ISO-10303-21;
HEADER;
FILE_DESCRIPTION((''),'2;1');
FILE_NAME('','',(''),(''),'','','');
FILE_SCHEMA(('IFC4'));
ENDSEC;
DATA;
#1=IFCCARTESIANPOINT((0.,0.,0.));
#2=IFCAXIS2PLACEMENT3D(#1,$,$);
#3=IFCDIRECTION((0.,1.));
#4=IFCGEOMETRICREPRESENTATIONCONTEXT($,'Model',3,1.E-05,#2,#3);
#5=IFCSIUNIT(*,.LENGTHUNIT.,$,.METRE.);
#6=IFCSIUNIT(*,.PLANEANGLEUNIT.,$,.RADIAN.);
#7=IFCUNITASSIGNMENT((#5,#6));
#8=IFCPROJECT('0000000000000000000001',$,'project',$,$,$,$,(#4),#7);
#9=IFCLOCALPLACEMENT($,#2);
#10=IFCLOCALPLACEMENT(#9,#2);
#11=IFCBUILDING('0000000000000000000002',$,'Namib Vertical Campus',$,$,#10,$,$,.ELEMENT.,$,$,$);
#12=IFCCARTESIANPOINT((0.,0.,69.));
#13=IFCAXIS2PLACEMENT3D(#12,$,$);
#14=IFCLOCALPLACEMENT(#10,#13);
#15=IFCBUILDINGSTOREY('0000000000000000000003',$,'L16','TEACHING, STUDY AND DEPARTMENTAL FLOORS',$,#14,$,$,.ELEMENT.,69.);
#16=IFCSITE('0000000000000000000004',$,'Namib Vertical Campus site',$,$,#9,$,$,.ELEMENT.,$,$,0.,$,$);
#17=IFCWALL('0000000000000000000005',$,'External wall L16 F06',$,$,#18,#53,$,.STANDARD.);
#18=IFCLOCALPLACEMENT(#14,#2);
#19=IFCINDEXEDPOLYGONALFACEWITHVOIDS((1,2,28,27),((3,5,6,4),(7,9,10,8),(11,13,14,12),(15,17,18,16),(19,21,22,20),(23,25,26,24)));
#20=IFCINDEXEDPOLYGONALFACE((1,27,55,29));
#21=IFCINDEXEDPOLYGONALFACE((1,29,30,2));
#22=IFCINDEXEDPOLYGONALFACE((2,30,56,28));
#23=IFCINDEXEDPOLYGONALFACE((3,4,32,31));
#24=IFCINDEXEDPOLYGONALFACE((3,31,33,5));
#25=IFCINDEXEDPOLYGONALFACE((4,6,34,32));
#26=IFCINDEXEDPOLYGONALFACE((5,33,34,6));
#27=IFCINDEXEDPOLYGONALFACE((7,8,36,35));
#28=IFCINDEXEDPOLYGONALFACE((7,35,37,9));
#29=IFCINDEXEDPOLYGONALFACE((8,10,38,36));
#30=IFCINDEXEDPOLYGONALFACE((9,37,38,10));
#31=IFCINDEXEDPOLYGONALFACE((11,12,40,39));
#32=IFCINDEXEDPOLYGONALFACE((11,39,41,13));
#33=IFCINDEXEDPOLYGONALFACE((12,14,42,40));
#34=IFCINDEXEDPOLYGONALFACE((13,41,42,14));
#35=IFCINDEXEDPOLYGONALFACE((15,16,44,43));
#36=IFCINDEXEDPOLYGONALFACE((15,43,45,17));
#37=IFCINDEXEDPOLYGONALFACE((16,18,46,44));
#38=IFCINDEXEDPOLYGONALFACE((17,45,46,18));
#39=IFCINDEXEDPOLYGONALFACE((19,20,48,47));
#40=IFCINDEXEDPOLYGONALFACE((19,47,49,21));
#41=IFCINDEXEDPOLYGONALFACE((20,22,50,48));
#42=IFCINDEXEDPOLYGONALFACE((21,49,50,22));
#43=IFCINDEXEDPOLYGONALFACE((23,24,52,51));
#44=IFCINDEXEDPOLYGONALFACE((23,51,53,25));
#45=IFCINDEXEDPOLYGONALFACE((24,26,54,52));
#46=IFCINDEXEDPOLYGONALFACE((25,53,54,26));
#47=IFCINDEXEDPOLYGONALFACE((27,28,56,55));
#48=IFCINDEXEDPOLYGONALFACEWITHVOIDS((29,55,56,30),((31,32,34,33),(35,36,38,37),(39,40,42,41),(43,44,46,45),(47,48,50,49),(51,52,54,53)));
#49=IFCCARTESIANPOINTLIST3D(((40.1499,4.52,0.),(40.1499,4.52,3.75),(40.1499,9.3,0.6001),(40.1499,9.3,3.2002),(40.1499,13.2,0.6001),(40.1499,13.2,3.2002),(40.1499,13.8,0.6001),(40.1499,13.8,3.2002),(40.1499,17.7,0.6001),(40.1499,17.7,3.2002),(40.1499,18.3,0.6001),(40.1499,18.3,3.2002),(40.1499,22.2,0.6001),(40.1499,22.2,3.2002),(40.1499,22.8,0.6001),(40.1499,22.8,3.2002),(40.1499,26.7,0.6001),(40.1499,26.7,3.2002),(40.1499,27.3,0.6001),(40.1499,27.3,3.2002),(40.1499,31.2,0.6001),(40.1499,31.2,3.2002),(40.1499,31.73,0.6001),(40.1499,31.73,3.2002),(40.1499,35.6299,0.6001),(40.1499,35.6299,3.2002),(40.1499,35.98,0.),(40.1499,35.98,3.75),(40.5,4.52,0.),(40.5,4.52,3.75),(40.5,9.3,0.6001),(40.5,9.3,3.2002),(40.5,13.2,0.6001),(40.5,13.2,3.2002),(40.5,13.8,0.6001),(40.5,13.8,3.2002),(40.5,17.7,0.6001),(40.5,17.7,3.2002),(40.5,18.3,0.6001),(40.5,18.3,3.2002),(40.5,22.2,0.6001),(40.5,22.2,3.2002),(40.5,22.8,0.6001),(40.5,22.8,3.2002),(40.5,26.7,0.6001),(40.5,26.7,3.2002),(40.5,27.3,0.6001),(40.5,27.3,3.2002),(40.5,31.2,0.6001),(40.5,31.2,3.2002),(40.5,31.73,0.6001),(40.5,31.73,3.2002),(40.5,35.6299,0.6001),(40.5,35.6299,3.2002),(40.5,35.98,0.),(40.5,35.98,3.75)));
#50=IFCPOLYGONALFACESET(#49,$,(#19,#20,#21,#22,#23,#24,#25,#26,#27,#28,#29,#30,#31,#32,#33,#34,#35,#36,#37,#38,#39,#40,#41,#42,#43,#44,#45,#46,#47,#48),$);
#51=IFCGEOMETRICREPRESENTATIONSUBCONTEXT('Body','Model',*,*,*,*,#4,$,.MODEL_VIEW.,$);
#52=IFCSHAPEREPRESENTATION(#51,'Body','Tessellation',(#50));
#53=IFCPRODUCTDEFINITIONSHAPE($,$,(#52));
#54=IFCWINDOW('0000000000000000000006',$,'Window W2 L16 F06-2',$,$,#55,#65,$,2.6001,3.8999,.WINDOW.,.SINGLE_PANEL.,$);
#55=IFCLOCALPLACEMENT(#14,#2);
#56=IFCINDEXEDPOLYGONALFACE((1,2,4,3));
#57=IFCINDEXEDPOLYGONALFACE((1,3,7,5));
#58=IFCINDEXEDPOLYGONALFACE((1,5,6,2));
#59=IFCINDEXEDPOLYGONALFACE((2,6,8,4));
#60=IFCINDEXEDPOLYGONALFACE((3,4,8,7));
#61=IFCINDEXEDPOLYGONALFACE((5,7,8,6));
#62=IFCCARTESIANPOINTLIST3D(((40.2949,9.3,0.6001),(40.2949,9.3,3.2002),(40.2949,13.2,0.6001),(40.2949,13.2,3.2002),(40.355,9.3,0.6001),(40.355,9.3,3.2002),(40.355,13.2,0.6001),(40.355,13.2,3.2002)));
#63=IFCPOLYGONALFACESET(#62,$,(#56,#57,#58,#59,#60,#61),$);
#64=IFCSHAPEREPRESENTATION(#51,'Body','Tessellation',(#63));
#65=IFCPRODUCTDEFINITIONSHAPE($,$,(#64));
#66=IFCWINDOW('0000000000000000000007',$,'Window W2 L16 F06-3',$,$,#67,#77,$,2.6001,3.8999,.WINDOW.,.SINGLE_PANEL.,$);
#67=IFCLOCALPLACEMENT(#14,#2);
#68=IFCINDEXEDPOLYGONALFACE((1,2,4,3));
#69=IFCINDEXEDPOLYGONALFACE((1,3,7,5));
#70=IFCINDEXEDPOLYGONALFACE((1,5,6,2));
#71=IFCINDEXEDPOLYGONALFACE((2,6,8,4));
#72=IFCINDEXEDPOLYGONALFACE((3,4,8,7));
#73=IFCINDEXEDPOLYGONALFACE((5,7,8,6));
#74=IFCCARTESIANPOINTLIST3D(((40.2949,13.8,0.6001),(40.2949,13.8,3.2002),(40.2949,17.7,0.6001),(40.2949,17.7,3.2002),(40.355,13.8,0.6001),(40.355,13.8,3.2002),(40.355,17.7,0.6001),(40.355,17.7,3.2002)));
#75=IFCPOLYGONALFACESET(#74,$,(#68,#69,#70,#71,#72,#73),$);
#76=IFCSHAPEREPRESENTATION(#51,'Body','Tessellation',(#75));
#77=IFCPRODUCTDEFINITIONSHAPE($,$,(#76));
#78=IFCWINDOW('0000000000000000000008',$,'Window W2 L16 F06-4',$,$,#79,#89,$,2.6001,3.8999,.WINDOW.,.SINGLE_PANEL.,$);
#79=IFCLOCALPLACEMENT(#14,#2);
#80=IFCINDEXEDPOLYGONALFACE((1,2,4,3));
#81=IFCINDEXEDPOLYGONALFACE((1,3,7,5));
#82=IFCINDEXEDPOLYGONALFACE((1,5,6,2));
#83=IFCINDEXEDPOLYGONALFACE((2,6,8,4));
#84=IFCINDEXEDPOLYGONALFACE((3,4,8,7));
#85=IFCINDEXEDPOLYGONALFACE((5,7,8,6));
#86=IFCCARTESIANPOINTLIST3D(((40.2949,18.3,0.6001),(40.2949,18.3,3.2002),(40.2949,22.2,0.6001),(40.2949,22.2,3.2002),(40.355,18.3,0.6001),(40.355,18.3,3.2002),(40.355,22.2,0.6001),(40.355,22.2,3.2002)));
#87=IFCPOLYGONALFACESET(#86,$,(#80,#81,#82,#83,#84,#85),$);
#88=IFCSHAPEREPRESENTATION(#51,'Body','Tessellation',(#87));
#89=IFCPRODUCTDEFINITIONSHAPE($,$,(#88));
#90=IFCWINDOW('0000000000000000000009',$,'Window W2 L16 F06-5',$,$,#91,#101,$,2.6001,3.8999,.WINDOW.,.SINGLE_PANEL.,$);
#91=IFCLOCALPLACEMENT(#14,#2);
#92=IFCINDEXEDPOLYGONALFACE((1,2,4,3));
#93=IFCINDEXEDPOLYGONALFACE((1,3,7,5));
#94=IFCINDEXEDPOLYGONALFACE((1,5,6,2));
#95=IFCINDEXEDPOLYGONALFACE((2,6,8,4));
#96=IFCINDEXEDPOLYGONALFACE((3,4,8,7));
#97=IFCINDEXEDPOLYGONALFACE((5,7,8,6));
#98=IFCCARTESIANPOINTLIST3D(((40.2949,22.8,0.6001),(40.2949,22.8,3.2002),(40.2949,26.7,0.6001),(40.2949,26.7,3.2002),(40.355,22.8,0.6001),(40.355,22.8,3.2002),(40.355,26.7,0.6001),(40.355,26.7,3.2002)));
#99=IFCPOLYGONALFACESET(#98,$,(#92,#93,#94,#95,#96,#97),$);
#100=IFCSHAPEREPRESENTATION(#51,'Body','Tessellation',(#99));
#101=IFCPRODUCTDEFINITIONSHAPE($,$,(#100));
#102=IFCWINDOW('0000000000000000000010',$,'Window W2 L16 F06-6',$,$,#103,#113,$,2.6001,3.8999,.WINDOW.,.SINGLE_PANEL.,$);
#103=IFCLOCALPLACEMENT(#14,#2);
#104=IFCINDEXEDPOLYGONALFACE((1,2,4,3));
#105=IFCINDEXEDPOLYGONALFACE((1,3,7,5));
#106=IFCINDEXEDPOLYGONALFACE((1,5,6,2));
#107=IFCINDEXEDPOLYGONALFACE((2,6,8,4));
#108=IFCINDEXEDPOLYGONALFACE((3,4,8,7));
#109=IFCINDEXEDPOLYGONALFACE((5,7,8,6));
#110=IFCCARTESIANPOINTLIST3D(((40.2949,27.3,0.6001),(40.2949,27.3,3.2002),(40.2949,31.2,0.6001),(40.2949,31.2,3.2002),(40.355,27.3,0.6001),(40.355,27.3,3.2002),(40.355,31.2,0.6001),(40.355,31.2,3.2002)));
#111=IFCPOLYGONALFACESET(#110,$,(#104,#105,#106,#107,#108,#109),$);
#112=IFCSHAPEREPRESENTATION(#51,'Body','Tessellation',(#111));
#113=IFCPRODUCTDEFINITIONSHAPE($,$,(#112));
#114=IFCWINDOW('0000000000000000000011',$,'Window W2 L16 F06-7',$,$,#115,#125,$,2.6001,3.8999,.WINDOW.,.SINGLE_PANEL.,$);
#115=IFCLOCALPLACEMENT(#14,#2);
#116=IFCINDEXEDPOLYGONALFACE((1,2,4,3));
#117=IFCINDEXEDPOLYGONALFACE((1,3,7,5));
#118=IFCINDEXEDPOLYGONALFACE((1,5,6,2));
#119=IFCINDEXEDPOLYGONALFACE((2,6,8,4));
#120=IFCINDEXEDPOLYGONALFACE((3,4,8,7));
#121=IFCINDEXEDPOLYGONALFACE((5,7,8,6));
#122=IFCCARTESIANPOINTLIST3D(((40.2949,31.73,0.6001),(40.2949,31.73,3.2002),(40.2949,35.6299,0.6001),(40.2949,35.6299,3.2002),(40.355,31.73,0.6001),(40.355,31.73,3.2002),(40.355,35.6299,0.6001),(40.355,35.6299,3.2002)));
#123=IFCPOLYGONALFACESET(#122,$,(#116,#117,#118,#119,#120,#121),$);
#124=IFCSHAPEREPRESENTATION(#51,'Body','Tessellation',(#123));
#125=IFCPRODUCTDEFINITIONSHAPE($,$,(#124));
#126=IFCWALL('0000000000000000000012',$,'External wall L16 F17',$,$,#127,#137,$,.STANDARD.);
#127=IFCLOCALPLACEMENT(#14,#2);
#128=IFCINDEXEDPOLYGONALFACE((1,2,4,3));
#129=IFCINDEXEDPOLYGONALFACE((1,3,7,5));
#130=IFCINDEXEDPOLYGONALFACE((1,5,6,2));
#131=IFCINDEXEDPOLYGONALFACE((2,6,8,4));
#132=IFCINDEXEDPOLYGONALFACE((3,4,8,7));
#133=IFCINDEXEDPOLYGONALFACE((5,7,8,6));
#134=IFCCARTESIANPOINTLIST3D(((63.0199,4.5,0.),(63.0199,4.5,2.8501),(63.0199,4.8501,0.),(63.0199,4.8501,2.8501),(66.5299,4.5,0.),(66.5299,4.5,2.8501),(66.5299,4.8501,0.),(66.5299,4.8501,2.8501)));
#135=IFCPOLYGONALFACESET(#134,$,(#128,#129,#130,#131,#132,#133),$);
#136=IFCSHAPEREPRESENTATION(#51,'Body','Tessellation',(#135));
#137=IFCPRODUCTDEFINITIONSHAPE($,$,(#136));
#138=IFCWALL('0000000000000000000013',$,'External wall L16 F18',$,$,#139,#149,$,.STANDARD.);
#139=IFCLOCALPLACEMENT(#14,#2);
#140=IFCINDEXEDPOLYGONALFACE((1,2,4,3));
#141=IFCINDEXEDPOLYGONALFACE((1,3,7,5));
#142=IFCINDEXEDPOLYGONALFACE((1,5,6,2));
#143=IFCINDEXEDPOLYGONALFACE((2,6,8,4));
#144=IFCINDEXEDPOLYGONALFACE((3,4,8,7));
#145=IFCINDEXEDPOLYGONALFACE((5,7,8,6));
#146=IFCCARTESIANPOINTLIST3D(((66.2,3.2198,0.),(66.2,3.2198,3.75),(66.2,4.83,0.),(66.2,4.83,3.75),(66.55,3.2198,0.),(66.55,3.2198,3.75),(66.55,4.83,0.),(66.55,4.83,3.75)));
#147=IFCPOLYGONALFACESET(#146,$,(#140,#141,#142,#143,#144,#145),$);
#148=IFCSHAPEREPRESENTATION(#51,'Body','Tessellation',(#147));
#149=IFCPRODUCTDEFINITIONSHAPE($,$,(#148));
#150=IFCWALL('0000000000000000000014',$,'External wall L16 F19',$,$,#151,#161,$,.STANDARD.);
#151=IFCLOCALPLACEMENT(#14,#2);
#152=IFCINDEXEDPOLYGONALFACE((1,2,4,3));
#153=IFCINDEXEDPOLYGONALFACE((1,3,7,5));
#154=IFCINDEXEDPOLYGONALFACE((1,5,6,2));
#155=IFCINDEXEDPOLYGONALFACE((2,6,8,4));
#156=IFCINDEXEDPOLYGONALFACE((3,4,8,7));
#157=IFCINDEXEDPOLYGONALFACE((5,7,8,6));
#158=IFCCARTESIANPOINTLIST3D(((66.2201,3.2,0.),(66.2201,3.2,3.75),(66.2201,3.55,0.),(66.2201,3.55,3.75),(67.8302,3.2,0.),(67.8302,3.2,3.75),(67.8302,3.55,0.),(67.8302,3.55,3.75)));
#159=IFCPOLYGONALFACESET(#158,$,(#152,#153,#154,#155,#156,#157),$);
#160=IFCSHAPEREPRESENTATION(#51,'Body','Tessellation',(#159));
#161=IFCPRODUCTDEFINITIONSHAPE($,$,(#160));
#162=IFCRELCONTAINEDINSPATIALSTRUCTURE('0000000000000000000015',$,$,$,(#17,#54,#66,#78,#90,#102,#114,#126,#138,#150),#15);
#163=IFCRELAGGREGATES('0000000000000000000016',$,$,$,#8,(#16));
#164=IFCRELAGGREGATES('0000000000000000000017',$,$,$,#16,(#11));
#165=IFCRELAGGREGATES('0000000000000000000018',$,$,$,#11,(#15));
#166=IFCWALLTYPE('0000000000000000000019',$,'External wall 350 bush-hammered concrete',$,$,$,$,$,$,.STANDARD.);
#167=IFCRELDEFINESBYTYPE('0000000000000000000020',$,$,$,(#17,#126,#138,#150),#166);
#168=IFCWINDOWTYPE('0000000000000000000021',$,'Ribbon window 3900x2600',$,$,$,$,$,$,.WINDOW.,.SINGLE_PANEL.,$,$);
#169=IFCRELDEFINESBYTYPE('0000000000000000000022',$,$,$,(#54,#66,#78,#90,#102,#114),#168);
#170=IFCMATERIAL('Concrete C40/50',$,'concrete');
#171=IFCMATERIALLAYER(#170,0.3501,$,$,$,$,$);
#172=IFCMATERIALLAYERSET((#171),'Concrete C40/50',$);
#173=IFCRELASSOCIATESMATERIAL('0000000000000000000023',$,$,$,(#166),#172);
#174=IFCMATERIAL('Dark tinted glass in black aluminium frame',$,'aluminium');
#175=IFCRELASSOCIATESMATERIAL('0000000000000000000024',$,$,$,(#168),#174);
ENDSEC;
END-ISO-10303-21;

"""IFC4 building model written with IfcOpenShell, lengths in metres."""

from ifc_helpers import new_model, si_unit, direction, frame, frame_2d, origin, place, context, subcontext, project, spatial, rectangle, extrude, material, layer, layer_set, type_object, element, fill, save


model = new_model("IFC4")

# Units and contexts
model_context = context("Model", 3, precision=1e-05, world=origin(), true_north=direction((0.0, 1.0)))
body_context = subcontext(model_context, "Body", "Model", "MODEL_VIEW")
ifc_project = project(units=[si_unit("LENGTHUNIT", "METRE"), si_unit("PLANEANGLEUNIT", "RADIAN")], contexts=[model_context])

# Site, building, storey
site_placement = place(None, origin())
site = spatial("IfcSite", under=ifc_project, at=site_placement, Name="Namib Vertical Campus site", CompositionType="ELEMENT", RefElevation=0.0)
building_placement = place(site_placement, origin())
building = spatial("IfcBuilding", under=site, at=building_placement, Name="Namib Vertical Campus", CompositionType="ELEMENT")
storey_placement = place(building_placement, frame((0.0, 0.0, 69.0)))
storey = spatial("IfcBuildingStorey", under=building, at=storey_placement, Name="L16", Description="TEACHING, STUDY AND DEPARTMENTAL FLOORS", CompositionType="ELEMENT", Elevation=69.0)

# Wall, openings, windows
ifc_material_1 = material(Name="Concrete C40/50", Category="concrete")
ifc_layer_1 = layer(ifc_material_1, 0.3501)
ifc_layer_set_1 = layer_set([ifc_layer_1], Name="Concrete C40/50")
wall_type_1 = type_object("IfcWallType", Name="External wall 350 bush-hammered concrete", PredefinedType="STANDARD", material=ifc_layer_set_1)
wall_1_placement = place(storey_placement, frame((40.325, 4.52, 0.0), z_axis=(0.0, 0.0, 1.0), x_axis=(0.0, 1.0, 0.0)))
wall_1 = element("IfcWall", 1, at=wall_1_placement, inside=storey, type_object=wall_type_1, Name="External wall L16 F06", PredefinedType="STANDARD", context=body_context, shape_type="SweptSolid", body=[
    extrude(rectangle(XDim=31.46, YDim=0.3501, at=frame_2d((15.73, 0.0))), origin(), (0.0, 0.0, 1.0), 3.75),
])
opening_1_placement = place(wall_1_placement, frame((4.78, 0.0, 0.6001)))
opening_1 = element("IfcOpeningElement", 2, at=opening_1_placement, cuts=wall_1, PredefinedType="OPENING", context=body_context, shape_type="SweptSolid", body=[
    extrude(rectangle(XDim=3.8999, YDim=2.6001, at=frame_2d((1.95, 1.3))), frame((0.0, 0.1851, 0.0), z_axis=(0.0, -1.0, 0.0), x_axis=(1.0, 0.0, 0.0)), (0.0, 0.0, 1.0), 0.3701),
])
opening_2_placement = place(wall_1_placement, frame((9.28, 0.0, 0.6001)))
opening_2 = element("IfcOpeningElement", 3, at=opening_2_placement, cuts=wall_1, PredefinedType="OPENING", context=body_context, shape_type="SweptSolid", body=[
    extrude(rectangle(XDim=3.8999, YDim=2.6001, at=frame_2d((1.95, 1.3))), frame((0.0, 0.1851, 0.0), z_axis=(0.0, -1.0, 0.0), x_axis=(1.0, 0.0, 0.0)), (0.0, 0.0, 1.0), 0.3701),
])
opening_3_placement = place(wall_1_placement, frame((13.78, 0.0, 0.6001)))
opening_3 = element("IfcOpeningElement", 4, at=opening_3_placement, cuts=wall_1, PredefinedType="OPENING", context=body_context, shape_type="SweptSolid", body=[
    extrude(rectangle(XDim=3.8999, YDim=2.6001, at=frame_2d((1.95, 1.3))), frame((0.0, 0.1851, 0.0), z_axis=(0.0, -1.0, 0.0), x_axis=(1.0, 0.0, 0.0)), (0.0, 0.0, 1.0), 0.3701),
])
opening_4_placement = place(wall_1_placement, frame((18.28, 0.0, 0.6001)))
opening_4 = element("IfcOpeningElement", 5, at=opening_4_placement, cuts=wall_1, PredefinedType="OPENING", context=body_context, shape_type="SweptSolid", body=[
    extrude(rectangle(XDim=3.8999, YDim=2.6001, at=frame_2d((1.95, 1.3))), frame((0.0, 0.1851, 0.0), z_axis=(0.0, -1.0, 0.0), x_axis=(1.0, 0.0, 0.0)), (0.0, 0.0, 1.0), 0.3701),
])
opening_5_placement = place(wall_1_placement, frame((22.78, 0.0, 0.6001)))
opening_5 = element("IfcOpeningElement", 6, at=opening_5_placement, cuts=wall_1, PredefinedType="OPENING", context=body_context, shape_type="SweptSolid", body=[
    extrude(rectangle(XDim=3.8999, YDim=2.6001, at=frame_2d((1.95, 1.3))), frame((0.0, 0.1851, 0.0), z_axis=(0.0, -1.0, 0.0), x_axis=(1.0, 0.0, 0.0)), (0.0, 0.0, 1.0), 0.3701),
])
opening_6_placement = place(wall_1_placement, frame((27.21, 0.0, 0.6001)))
opening_6 = element("IfcOpeningElement", 7, at=opening_6_placement, cuts=wall_1, PredefinedType="OPENING", context=body_context, shape_type="SweptSolid", body=[
    extrude(rectangle(XDim=3.8999, YDim=2.6001, at=frame_2d((1.95, 1.3))), frame((0.0, 0.1851, 0.0), z_axis=(0.0, -1.0, 0.0), x_axis=(1.0, 0.0, 0.0)), (0.0, 0.0, 1.0), 0.3701),
])
ifc_material_2 = material(Name="Dark tinted glass in black aluminium frame", Category="aluminium")
window_type = type_object("IfcWindowType", Name="Ribbon window 3900x2600", PartitioningType="SINGLE_PANEL", PredefinedType="WINDOW", material=ifc_material_2)
window_1_placement = place(opening_1_placement, origin())
window_1 = element("IfcWindow", 8, at=window_1_placement, inside=storey, type_object=window_type, Name="Window W2 L16 F06-2", OverallHeight=2.6001, OverallWidth=3.8999, PartitioningType="SINGLE_PANEL", PredefinedType="WINDOW", context=body_context, shape_type="SweptSolid", body=[
    extrude(rectangle(XDim=3.8999, YDim=2.6001, at=frame_2d((1.95, 1.3))), frame((0.0, 0.03, 0.0), z_axis=(0.0, -1.0, 0.0), x_axis=(1.0, 0.0, 0.0)), (0.0, 0.0, 1.0), 0.0601),
])
fill(opening_1, window_1)
window_2_placement = place(opening_2_placement, origin())
window_2 = element("IfcWindow", 9, at=window_2_placement, inside=storey, type_object=window_type, Name="Window W2 L16 F06-3", OverallHeight=2.6001, OverallWidth=3.8999, PartitioningType="SINGLE_PANEL", PredefinedType="WINDOW", context=body_context, shape_type="SweptSolid", body=[
    extrude(rectangle(XDim=3.8999, YDim=2.6001, at=frame_2d((1.95, 1.3))), frame((0.0, 0.03, 0.0), z_axis=(0.0, -1.0, 0.0), x_axis=(1.0, 0.0, 0.0)), (0.0, 0.0, 1.0), 0.0601),
])
fill(opening_2, window_2)
window_3_placement = place(opening_3_placement, origin())
window_3 = element("IfcWindow", 10, at=window_3_placement, inside=storey, type_object=window_type, Name="Window W2 L16 F06-4", OverallHeight=2.6001, OverallWidth=3.8999, PartitioningType="SINGLE_PANEL", PredefinedType="WINDOW", context=body_context, shape_type="SweptSolid", body=[
    extrude(rectangle(XDim=3.8999, YDim=2.6001, at=frame_2d((1.95, 1.3))), frame((0.0, 0.03, 0.0), z_axis=(0.0, -1.0, 0.0), x_axis=(1.0, 0.0, 0.0)), (0.0, 0.0, 1.0), 0.0601),
])
fill(opening_3, window_3)
window_4_placement = place(opening_4_placement, origin())
window_4 = element("IfcWindow", 11, at=window_4_placement, inside=storey, type_object=window_type, Name="Window W2 L16 F06-5", OverallHeight=2.6001, OverallWidth=3.8999, PartitioningType="SINGLE_PANEL", PredefinedType="WINDOW", context=body_context, shape_type="SweptSolid", body=[
    extrude(rectangle(XDim=3.8999, YDim=2.6001, at=frame_2d((1.95, 1.3))), frame((0.0, 0.03, 0.0), z_axis=(0.0, -1.0, 0.0), x_axis=(1.0, 0.0, 0.0)), (0.0, 0.0, 1.0), 0.0601),
])
fill(opening_4, window_4)
window_5_placement = place(opening_5_placement, origin())
window_5 = element("IfcWindow", 12, at=window_5_placement, inside=storey, type_object=window_type, Name="Window W2 L16 F06-6", OverallHeight=2.6001, OverallWidth=3.8999, PartitioningType="SINGLE_PANEL", PredefinedType="WINDOW", context=body_context, shape_type="SweptSolid", body=[
    extrude(rectangle(XDim=3.8999, YDim=2.6001, at=frame_2d((1.95, 1.3))), frame((0.0, 0.03, 0.0), z_axis=(0.0, -1.0, 0.0), x_axis=(1.0, 0.0, 0.0)), (0.0, 0.0, 1.0), 0.0601),
])
fill(opening_5, window_5)
window_6_placement = place(opening_6_placement, origin())
window_6 = element("IfcWindow", 13, at=window_6_placement, inside=storey, type_object=window_type, Name="Window W2 L16 F06-7", OverallHeight=2.6001, OverallWidth=3.8999, PartitioningType="SINGLE_PANEL", PredefinedType="WINDOW", context=body_context, shape_type="SweptSolid", body=[
    extrude(rectangle(XDim=3.8999, YDim=2.6001, at=frame_2d((1.95, 1.3))), frame((0.0, 0.03, 0.0), z_axis=(0.0, -1.0, 0.0), x_axis=(1.0, 0.0, 0.0)), (0.0, 0.0, 1.0), 0.0601),
])
fill(opening_6, window_6)

# Walls
wall_2_placement = place(storey_placement, frame((63.02, 4.675, 0.0), z_axis=(0.0, 0.0, 1.0), x_axis=(1.0, 0.0, 0.0)))
element("IfcWall", 14, at=wall_2_placement, inside=storey, type_object=wall_type_1, Name="External wall L16 F17", PredefinedType="STANDARD", context=body_context, shape_type="SweptSolid", body=[
    extrude(rectangle(XDim=3.51, YDim=0.3501, at=frame_2d((1.7549, 0.0))), origin(), (0.0, 0.0, 1.0), 2.8501),
])
for number, where, z_axis, x_axis, name in (
    (15, (66.375, 4.8301, 0.0), (0.0, 0.0, 1.0), (0.0, -1.0, 0.0), "External wall L16 F18"),
    (16, (66.22, 3.375, 0.0), (0.0, 0.0, 1.0), (1.0, 0.0, 0.0), "External wall L16 F19"),
):
    element("IfcWall", number, at=place(storey_placement, frame(where, z_axis=z_axis, x_axis=x_axis)), inside=storey, type_object=wall_type_1, Name=name, PredefinedType="STANDARD", context=body_context, shape_type="SweptSolid", body=[
        extrude(rectangle(XDim=1.6101, YDim=0.3501, at=frame_2d((0.8052, 0.0))), origin(), (0.0, 0.0, 1.0), 3.75),
    ])

save(model, "model.ifc")
